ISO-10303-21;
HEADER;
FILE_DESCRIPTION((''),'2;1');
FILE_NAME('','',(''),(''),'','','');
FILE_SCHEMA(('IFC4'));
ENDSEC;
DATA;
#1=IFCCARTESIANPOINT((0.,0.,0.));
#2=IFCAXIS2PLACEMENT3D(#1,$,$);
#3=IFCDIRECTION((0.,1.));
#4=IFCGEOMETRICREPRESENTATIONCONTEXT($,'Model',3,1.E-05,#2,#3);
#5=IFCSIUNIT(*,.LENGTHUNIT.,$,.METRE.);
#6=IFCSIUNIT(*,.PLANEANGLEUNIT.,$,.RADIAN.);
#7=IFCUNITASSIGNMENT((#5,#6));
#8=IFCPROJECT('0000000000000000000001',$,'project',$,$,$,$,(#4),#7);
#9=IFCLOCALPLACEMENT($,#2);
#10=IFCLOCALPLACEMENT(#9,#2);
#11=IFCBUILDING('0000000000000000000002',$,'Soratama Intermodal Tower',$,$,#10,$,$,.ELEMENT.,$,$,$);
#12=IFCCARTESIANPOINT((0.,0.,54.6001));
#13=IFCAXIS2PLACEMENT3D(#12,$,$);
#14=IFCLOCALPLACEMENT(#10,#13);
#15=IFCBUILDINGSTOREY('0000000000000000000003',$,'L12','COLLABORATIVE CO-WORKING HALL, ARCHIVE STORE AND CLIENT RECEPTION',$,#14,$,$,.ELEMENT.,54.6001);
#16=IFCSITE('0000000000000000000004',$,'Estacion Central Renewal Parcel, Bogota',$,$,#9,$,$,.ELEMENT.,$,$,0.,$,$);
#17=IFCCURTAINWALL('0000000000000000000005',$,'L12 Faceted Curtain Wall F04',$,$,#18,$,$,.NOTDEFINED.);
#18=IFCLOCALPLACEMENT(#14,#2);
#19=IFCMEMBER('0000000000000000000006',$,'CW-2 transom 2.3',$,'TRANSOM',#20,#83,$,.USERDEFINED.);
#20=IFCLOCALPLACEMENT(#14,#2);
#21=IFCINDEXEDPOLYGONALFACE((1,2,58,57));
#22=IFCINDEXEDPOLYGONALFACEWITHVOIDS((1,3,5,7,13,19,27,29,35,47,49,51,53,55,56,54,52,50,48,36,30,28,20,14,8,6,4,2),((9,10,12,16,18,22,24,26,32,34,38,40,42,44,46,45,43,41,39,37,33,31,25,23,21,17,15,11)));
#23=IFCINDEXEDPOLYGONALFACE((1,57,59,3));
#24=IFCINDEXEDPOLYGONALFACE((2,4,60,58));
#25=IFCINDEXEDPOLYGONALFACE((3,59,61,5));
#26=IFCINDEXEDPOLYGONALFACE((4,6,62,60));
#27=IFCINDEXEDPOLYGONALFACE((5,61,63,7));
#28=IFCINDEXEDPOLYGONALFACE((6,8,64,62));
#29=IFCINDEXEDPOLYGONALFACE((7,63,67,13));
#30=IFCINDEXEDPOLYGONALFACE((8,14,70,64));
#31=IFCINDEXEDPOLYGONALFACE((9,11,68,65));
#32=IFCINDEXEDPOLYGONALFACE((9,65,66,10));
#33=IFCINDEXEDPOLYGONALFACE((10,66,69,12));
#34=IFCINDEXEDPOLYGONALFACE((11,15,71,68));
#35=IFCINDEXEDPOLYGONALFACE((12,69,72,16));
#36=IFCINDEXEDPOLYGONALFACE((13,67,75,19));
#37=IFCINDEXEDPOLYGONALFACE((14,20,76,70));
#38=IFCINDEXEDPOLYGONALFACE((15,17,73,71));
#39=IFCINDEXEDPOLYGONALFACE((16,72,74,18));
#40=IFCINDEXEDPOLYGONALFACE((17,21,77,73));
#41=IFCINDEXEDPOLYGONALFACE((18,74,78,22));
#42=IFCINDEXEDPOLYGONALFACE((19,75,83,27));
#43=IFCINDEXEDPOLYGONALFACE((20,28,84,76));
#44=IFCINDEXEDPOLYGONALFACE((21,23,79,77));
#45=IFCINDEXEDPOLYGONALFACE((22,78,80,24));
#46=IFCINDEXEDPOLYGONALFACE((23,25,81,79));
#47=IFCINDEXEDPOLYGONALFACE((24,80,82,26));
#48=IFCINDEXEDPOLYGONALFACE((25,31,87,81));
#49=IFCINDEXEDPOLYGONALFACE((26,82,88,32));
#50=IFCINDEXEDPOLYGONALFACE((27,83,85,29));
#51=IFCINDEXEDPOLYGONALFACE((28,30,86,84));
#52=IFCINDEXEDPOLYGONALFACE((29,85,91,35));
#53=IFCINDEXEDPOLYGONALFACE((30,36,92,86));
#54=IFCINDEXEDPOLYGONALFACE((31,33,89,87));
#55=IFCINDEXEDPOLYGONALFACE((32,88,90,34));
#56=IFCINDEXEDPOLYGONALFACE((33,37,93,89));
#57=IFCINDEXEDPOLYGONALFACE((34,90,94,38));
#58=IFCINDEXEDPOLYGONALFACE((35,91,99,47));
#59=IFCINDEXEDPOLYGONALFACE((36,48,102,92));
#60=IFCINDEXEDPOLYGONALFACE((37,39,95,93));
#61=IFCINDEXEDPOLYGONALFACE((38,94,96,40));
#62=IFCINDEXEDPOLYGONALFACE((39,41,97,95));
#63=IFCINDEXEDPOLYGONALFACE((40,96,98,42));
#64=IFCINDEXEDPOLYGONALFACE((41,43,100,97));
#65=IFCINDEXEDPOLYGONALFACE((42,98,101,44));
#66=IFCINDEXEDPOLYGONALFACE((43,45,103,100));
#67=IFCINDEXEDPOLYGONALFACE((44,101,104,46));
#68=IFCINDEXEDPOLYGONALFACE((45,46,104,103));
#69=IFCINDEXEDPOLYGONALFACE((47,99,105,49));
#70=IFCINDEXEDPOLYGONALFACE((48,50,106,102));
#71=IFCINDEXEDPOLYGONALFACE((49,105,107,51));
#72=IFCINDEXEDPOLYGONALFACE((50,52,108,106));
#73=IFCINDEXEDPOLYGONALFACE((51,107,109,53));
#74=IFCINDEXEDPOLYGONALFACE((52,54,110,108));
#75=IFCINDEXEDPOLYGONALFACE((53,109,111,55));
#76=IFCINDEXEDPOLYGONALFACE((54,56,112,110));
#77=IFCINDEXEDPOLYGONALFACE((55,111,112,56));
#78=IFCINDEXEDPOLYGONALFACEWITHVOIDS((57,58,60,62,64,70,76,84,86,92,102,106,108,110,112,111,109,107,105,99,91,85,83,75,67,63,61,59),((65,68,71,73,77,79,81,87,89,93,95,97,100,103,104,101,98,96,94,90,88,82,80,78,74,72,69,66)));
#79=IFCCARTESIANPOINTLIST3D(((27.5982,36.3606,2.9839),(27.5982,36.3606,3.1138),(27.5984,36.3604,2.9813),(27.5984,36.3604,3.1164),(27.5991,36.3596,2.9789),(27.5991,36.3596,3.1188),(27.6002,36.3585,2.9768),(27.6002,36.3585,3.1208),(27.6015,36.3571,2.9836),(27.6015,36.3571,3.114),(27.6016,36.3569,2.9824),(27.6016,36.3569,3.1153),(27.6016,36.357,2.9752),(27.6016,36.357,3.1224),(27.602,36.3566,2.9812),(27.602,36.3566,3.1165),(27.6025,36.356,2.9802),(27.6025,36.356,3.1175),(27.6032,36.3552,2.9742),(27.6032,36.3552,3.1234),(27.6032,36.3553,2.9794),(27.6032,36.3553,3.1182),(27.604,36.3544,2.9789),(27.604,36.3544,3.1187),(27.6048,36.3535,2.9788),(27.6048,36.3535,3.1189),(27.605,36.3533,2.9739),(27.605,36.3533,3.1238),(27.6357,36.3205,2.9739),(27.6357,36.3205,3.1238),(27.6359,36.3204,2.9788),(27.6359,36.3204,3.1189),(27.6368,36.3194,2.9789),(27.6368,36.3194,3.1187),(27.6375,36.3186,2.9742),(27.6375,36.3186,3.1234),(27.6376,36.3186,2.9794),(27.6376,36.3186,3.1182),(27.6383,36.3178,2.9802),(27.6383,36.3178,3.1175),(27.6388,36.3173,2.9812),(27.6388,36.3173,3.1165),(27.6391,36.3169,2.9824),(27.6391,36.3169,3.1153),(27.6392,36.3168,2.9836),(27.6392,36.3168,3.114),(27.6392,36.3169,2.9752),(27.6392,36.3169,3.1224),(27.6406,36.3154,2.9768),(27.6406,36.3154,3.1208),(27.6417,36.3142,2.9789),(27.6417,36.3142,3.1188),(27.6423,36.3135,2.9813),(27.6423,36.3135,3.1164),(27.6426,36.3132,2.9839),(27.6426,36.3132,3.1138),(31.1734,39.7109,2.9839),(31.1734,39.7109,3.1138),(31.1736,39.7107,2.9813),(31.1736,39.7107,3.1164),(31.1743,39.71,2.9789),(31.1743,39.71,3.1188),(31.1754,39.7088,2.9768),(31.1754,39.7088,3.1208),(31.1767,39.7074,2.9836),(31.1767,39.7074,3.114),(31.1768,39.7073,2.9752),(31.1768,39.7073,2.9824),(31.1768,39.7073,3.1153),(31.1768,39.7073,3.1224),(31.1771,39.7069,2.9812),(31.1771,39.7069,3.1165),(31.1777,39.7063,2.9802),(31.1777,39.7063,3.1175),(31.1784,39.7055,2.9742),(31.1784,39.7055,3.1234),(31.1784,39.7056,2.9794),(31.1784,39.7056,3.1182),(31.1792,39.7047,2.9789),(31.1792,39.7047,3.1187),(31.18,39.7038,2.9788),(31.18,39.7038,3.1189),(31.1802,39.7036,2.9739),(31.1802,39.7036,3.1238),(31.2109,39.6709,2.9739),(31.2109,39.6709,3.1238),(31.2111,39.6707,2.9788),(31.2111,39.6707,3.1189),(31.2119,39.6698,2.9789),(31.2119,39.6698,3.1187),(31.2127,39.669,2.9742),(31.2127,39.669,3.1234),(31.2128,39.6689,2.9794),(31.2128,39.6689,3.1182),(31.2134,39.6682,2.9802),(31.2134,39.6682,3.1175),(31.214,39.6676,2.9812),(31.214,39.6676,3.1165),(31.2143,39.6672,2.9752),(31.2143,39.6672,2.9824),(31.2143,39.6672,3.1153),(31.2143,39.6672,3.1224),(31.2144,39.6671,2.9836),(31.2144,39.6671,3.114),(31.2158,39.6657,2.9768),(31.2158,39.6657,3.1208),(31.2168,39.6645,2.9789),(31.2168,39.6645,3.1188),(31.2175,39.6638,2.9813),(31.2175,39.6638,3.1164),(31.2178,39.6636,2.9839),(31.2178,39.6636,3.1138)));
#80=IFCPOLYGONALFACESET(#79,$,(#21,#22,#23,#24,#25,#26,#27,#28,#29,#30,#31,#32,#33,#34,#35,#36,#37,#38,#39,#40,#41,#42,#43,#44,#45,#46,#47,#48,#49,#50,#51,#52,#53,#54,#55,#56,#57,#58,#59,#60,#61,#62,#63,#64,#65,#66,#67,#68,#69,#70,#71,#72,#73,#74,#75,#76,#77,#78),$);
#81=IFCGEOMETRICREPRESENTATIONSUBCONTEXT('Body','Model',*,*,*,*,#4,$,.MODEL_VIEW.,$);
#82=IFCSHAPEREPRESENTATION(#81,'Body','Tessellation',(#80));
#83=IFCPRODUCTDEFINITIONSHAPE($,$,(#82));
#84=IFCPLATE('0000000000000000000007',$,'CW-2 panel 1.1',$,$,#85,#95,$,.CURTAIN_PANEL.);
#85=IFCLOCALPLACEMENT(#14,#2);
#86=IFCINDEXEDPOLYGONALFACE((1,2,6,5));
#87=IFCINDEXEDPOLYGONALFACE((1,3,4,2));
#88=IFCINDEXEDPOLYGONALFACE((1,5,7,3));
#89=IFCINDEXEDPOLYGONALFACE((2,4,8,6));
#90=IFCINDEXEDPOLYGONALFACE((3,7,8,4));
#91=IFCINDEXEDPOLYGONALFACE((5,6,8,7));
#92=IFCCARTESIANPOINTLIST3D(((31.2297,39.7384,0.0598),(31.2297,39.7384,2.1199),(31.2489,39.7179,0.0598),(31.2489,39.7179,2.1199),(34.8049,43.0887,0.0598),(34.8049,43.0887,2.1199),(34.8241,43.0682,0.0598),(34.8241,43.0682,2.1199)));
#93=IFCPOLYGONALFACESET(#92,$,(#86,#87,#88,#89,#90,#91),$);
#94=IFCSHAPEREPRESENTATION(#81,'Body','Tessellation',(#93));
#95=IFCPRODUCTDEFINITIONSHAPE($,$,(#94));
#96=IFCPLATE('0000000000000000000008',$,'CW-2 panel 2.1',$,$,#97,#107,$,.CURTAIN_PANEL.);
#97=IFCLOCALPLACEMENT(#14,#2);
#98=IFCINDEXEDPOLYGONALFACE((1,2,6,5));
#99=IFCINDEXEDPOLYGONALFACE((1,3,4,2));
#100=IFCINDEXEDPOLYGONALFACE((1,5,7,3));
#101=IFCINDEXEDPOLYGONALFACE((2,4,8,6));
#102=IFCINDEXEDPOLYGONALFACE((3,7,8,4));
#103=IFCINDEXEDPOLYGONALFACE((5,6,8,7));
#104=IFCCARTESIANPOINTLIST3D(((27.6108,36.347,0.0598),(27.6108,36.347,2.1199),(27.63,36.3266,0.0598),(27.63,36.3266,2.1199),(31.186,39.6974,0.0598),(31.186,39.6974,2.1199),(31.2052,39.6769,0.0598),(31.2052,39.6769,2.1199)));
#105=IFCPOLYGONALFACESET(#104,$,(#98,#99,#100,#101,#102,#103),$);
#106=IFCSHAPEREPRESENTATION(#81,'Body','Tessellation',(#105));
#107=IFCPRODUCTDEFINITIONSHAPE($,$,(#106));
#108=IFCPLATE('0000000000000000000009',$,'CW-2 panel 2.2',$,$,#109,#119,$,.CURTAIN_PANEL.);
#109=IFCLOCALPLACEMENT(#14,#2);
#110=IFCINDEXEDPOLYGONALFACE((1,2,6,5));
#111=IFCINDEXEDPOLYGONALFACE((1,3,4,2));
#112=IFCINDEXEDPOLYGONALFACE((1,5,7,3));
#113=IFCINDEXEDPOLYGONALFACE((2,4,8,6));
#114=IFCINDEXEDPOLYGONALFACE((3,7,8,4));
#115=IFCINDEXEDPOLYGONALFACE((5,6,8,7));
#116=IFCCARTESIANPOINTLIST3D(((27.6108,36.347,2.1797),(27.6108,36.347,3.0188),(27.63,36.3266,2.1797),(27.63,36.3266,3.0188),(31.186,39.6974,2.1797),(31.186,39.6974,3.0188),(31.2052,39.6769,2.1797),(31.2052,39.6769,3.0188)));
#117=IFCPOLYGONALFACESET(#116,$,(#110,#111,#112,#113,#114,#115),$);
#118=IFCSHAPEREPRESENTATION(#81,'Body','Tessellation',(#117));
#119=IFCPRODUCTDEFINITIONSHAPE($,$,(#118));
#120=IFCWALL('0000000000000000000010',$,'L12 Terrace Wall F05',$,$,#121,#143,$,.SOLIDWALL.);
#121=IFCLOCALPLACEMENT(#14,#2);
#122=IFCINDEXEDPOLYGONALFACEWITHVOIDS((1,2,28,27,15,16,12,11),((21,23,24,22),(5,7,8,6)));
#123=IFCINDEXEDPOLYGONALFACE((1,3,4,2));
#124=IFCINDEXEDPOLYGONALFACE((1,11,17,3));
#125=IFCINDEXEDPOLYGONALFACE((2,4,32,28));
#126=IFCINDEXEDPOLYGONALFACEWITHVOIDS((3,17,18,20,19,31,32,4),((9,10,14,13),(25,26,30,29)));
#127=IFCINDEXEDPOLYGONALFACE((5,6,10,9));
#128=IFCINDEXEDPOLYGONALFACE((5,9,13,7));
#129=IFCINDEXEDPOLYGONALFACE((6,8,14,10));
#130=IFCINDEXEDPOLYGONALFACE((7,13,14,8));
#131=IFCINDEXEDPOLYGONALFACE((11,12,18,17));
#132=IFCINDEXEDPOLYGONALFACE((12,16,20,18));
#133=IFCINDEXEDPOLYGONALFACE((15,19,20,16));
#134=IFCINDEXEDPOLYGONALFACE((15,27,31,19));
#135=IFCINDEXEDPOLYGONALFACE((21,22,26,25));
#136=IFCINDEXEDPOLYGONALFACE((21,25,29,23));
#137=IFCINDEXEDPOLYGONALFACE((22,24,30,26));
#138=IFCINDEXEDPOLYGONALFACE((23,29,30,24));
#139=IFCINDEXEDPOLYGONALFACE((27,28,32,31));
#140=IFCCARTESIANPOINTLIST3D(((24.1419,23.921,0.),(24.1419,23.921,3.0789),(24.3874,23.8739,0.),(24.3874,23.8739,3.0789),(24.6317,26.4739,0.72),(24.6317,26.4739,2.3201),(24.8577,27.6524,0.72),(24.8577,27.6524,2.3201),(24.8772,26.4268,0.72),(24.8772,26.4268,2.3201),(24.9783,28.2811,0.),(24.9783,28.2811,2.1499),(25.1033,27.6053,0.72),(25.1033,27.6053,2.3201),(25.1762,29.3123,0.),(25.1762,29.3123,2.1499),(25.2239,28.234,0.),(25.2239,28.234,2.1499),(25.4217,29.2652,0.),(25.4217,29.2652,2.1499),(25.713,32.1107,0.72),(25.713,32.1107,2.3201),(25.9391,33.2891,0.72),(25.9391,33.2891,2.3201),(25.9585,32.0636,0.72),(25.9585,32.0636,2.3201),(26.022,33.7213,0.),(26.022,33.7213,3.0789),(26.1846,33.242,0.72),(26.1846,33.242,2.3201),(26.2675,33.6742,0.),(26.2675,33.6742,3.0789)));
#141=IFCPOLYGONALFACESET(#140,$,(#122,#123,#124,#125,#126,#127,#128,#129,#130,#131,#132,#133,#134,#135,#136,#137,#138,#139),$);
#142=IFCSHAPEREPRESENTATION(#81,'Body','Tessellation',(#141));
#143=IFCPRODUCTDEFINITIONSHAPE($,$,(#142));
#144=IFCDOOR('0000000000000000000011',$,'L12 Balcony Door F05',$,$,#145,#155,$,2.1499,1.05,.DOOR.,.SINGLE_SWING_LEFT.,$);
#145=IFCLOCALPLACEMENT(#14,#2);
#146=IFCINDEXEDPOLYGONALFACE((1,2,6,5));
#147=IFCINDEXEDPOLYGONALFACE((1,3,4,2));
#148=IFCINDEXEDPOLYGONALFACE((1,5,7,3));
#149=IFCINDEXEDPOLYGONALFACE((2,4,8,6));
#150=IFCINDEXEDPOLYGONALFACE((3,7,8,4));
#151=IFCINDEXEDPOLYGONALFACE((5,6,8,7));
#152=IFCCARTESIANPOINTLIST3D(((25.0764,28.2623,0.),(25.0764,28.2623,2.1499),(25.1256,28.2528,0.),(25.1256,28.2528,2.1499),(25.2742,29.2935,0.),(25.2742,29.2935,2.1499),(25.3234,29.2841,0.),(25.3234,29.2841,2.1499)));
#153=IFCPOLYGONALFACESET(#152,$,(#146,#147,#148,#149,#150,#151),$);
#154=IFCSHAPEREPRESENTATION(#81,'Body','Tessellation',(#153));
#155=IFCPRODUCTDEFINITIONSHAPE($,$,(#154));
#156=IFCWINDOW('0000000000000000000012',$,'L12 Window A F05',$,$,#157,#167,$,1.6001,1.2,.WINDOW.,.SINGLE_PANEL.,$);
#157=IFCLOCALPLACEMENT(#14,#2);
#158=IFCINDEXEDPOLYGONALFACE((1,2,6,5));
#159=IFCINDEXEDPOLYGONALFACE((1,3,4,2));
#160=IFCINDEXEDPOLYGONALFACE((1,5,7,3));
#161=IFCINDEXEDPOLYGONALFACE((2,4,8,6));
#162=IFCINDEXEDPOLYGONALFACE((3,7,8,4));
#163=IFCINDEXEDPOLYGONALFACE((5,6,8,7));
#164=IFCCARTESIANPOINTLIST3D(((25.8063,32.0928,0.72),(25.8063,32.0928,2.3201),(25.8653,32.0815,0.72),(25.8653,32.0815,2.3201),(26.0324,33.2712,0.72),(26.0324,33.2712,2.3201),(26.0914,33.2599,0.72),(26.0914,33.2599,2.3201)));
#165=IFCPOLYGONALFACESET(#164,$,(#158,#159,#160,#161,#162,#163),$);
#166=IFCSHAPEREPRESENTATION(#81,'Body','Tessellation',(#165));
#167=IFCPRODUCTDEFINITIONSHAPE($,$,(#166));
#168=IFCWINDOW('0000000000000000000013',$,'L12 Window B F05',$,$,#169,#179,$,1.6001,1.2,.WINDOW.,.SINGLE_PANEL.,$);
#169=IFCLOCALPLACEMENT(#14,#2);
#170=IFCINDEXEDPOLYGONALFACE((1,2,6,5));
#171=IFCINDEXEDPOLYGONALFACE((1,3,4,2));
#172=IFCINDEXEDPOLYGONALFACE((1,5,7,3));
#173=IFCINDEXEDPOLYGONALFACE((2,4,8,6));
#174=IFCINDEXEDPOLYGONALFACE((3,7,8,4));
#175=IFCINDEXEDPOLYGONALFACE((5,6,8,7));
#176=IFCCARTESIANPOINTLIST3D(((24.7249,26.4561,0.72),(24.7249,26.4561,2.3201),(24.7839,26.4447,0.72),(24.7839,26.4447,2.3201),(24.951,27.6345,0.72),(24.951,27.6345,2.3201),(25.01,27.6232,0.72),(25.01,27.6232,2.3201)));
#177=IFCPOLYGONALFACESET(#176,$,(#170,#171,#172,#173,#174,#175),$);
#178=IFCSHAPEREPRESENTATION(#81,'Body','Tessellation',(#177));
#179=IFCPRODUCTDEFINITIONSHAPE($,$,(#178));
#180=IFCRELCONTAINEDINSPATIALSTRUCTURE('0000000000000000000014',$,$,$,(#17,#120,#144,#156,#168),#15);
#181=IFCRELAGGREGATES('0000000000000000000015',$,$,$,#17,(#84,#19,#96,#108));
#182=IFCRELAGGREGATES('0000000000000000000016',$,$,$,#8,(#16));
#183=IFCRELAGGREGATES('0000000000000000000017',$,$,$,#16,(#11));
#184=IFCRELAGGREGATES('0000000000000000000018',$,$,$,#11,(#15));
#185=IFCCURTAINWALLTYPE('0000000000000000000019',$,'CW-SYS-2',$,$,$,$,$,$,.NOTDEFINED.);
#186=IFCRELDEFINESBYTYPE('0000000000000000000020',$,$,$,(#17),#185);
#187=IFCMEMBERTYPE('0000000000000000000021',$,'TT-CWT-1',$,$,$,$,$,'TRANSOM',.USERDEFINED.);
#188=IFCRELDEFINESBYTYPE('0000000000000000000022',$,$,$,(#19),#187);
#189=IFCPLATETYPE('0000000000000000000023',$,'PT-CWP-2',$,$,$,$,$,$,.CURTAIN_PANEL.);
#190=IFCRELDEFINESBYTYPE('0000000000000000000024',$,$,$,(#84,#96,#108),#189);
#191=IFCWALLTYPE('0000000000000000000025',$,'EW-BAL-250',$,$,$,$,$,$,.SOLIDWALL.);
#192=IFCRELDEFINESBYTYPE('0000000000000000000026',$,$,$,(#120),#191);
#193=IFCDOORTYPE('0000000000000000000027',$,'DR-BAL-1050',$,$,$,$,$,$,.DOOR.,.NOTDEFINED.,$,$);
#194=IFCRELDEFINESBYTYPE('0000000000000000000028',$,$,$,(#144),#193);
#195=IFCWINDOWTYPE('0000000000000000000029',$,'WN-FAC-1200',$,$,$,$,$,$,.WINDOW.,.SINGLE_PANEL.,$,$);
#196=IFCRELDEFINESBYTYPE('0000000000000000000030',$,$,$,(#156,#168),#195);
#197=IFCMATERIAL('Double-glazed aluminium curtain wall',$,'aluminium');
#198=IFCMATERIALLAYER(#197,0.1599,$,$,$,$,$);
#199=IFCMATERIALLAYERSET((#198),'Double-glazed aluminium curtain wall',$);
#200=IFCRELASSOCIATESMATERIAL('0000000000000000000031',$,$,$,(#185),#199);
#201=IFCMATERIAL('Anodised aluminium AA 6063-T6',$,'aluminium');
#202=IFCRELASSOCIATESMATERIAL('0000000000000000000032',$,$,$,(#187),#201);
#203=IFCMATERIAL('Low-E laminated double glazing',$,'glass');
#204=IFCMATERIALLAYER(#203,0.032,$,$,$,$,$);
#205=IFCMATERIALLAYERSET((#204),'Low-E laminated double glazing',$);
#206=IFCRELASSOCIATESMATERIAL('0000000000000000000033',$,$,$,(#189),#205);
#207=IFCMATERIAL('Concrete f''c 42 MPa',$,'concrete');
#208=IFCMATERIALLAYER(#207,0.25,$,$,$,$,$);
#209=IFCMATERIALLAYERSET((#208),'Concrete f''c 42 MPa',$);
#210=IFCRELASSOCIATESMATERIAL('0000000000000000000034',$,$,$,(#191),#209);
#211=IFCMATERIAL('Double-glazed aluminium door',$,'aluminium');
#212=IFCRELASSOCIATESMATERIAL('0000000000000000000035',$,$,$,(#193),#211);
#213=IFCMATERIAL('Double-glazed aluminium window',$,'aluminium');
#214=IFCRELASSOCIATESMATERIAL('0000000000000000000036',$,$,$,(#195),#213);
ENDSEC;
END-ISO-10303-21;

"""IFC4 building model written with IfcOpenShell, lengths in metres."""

from ifc_helpers import new_model, si_unit, direction, frame, frame_2d, origin, origin_2d, place, context, subcontext, project, spatial, rectangle, hollow_rectangle, extrude, material, layer, layer_set, material_profile, profile_set, type_object, element, fill, aggregate, save


model = new_model("IFC4")

# Units and contexts
model_context = context("Model", 3, precision=1e-05, world=origin(), true_north=direction((0.0, 1.0)))
body_context = subcontext(model_context, "Body", "Model", "MODEL_VIEW")
ifc_project = project(units=[si_unit("LENGTHUNIT", "METRE"), si_unit("PLANEANGLEUNIT", "RADIAN")], contexts=[model_context])

# Site, building, storey
site_placement = place(None, origin())
site = spatial("IfcSite", under=ifc_project, at=site_placement, Name="Estacion Central Renewal Parcel, Bogota", CompositionType="ELEMENT", RefElevation=0.0)
building_placement = place(site_placement, origin())
building = spatial("IfcBuilding", under=site, at=building_placement, Name="Soratama Intermodal Tower", CompositionType="ELEMENT")
storey_placement = place(building_placement, frame((0.0, 0.0, 54.6001)))
storey = spatial("IfcBuildingStorey", under=building, at=storey_placement, Name="L12", Description="COLLABORATIVE CO-WORKING HALL, ARCHIVE STORE AND CLIENT RECEPTION", CompositionType="ELEMENT", Elevation=54.6001)

# Curtain wall, member, plates
ifc_material_1 = material(Name="Double-glazed aluminium curtain wall", Category="aluminium")
ifc_layer_1 = layer(ifc_material_1, 0.1599)
ifc_layer_set_1 = layer_set([ifc_layer_1], Name="Double-glazed aluminium curtain wall")
curtain_wall_type = type_object("IfcCurtainWallType", Name="CW-SYS-2", PredefinedType="NOTDEFINED", material=ifc_layer_set_1)
curtain_wall_placement = place(storey_placement, origin())
curtain_wall = element("IfcCurtainWall", 1, at=curtain_wall_placement, inside=storey, type_object=curtain_wall_type, Name="L12 Faceted Curtain Wall F04", PredefinedType="NOTDEFINED")
ifc_material_2 = material(Name="Anodised aluminium AA 6063-T6", Category="aluminium")
ifc_material_profile_1 = material_profile(ifc_material_2, hollow_rectangle(XDim=0.0649, YDim=0.1499, WallThickness=0.0049, InnerFilletRadius=0.0049, OuterFilletRadius=0.01, at=origin_2d()), Name="CWT150X65X5")
ifc_profile_set_1 = profile_set([ifc_material_profile_1], Name="Anodised aluminium AA 6063-T6")
member_type_1 = type_object("IfcMemberType", Name="TT-CWT-1", ElementType="TRANSOM", PredefinedType="USERDEFINED", material=ifc_profile_set_1)
member_1_placement = place(storey_placement, frame((31.1956, 39.6873, 3.0488), z_axis=(-0.72968, -0.683789, 0.0), x_axis=(0.683789, -0.72968, 0.0)))
member_1 = element("IfcMember", 2, at=member_1_placement, type_object=member_type_1, Name="CW-2 transom 2.3", ObjectType="TRANSOM", PredefinedType="USERDEFINED", context=body_context, shape_type="SweptSolid", body=[
    extrude(hollow_rectangle(XDim=0.0649, YDim=0.1499, WallThickness=0.0049, InnerFilletRadius=0.0049, OuterFilletRadius=0.01, at=origin_2d()), origin(), (0.0, 0.0, 1.0), 4.8997),
])
ifc_material_3 = material(Name="Low-E laminated double glazing", Category="glass")
ifc_layer_2 = layer(ifc_material_3, 0.032)
ifc_layer_set_2 = layer_set([ifc_layer_2], Name="Low-E laminated double glazing")
plate_type = type_object("IfcPlateType", Name="PT-CWP-2", PredefinedType="CURTAIN_PANEL", material=ifc_layer_set_2)
plate_1_placement = place(storey_placement, frame((33.0269, 41.4033, 0.0598), z_axis=(0.0, 0.0, 1.0), x_axis=(-0.729682, -0.683786, 0.0)))
plate_1 = element("IfcPlate", 3, at=plate_1_placement, type_object=plate_type, Name="CW-2 panel 1.1", PredefinedType="CURTAIN_PANEL", context=body_context, shape_type="SweptSolid", body=[
    extrude(rectangle(XDim=4.8997, YDim=0.0281, at=origin_2d()), origin(), (0.0, 0.0, 1.0), 2.0601),
])
plate_2_placement = place(storey_placement, frame((29.408, 38.012, 0.0598), z_axis=(0.0, 0.0, 1.0), x_axis=(-0.729682, -0.683786, 0.0)))
plate_2 = element("IfcPlate", 4, at=plate_2_placement, type_object=plate_type, Name="CW-2 panel 2.1", PredefinedType="CURTAIN_PANEL", context=body_context, shape_type="SweptSolid", body=[
    extrude(rectangle(XDim=4.8997, YDim=0.0281, at=origin_2d()), origin(), (0.0, 0.0, 1.0), 2.0601),
])
plate_3_placement = place(storey_placement, frame((29.408, 38.012, 2.1797), z_axis=(0.0, 0.0, 1.0), x_axis=(-0.729682, -0.683786, 0.0)))
plate_3 = element("IfcPlate", 5, at=plate_3_placement, type_object=plate_type, Name="CW-2 panel 2.2", PredefinedType="CURTAIN_PANEL", context=body_context, shape_type="SweptSolid", body=[
    extrude(rectangle(XDim=4.8997, YDim=0.0281, at=origin_2d()), origin(), (0.0, 0.0, 1.0), 0.8391),
])
aggregate(curtain_wall, [plate_1, member_1, plate_2, plate_3])

# Wall, openings, door, windows
ifc_material_4 = material(Name="Concrete f'c 42 MPa", Category="concrete")
ifc_layer_3 = layer(ifc_material_4, 0.25)
ifc_layer_set_3 = layer_set([ifc_layer_3], Name="Concrete f'c 42 MPa")
wall_type_1 = type_object("IfcWallType", Name="EW-BAL-250", PredefinedType="SOLIDWALL", material=ifc_layer_set_3)
wall_1_placement = place(storey_placement, frame((26.1448, 33.6978, 0.0), z_axis=(0.0, 0.0, 1.0), x_axis=(-0.188408, -0.982091, 0.0)))
wall_1 = element("IfcWall", 6, at=wall_1_placement, inside=storey, type_object=wall_type_1, Name="L12 Terrace Wall F05", PredefinedType="SOLIDWALL", context=body_context, shape_type="SweptSolid", body=[
    extrude(rectangle(XDim=9.979, YDim=0.25, at=frame_2d((4.9895, 0.0))), origin(), (0.0, 0.0, 1.0), 3.0789),
])
opening_1_placement = place(wall_1_placement, frame((4.4895, 0.0, 0.0)))
opening_1 = element("IfcOpeningElement", 7, at=opening_1_placement, cuts=wall_1, PredefinedType="OPENING", context=body_context, shape_type="SweptSolid", body=[
    extrude(rectangle(XDim=1.05, YDim=2.1499, at=frame_2d((0.5249, 1.075))), frame((0.0, 0.135, 0.0), z_axis=(0.0, -1.0, 0.0), x_axis=(1.0, 0.0, 0.0)), (0.0, 0.0, 1.0), 0.27),
])
opening_2_placement = place(wall_1_placement, frame((0.4399, 0.0, 0.72)))
opening_2 = element("IfcOpeningElement", 8, at=opening_2_placement, cuts=wall_1, PredefinedType="OPENING", context=body_context, shape_type="SweptSolid", body=[
    extrude(rectangle(XDim=1.2, YDim=1.6001, at=frame_2d((0.6001, 0.8))), frame((0.0, 0.135, 0.0), z_axis=(0.0, -1.0, 0.0), x_axis=(1.0, 0.0, 0.0)), (0.0, 0.0, 1.0), 0.27),
])
opening_3_placement = place(wall_1_placement, frame((6.1794, 0.0, 0.72)))
opening_3 = element("IfcOpeningElement", 9, at=opening_3_placement, cuts=wall_1, PredefinedType="OPENING", context=body_context, shape_type="SweptSolid", body=[
    extrude(rectangle(XDim=1.2, YDim=1.6001, at=frame_2d((0.6001, 0.8))), frame((0.0, 0.135, 0.0), z_axis=(0.0, -1.0, 0.0), x_axis=(1.0, 0.0, 0.0)), (0.0, 0.0, 1.0), 0.27),
])
ifc_material_5 = material(Name="Double-glazed aluminium door", Category="aluminium")
door_type_1 = type_object("IfcDoorType", Name="DR-BAL-1050", OperationType="NOTDEFINED", PredefinedType="DOOR", material=ifc_material_5)
door_1_placement = place(opening_1_placement, origin())
door_1 = element("IfcDoor", 10, at=door_1_placement, inside=storey, type_object=door_type_1, Name="L12 Balcony Door F05", OperationType="SINGLE_SWING_LEFT", OverallHeight=2.1499, OverallWidth=1.05, PredefinedType="DOOR", context=body_context, shape_type="SweptSolid", body=[
    extrude(rectangle(XDim=1.05, YDim=2.1499, at=frame_2d((0.5249, 1.075))), frame((0.0, 0.0249, 0.0), z_axis=(0.0, -1.0, 0.0), x_axis=(1.0, 0.0, 0.0)), (0.0, 0.0, 1.0), 0.05),
])
fill(opening_1, door_1)
ifc_material_6 = material(Name="Double-glazed aluminium window", Category="aluminium")
window_type_1 = type_object("IfcWindowType", Name="WN-FAC-1200", PartitioningType="SINGLE_PANEL", PredefinedType="WINDOW", material=ifc_material_6)
window_1_placement = place(opening_2_placement, origin())
window_1 = element("IfcWindow", 11, at=window_1_placement, inside=storey, type_object=window_type_1, Name="L12 Window A F05", OverallHeight=1.6001, OverallWidth=1.2, PartitioningType="SINGLE_PANEL", PredefinedType="WINDOW", context=body_context, shape_type="SweptSolid", body=[
    extrude(rectangle(XDim=1.2, YDim=1.6001, at=frame_2d((0.6001, 0.8))), frame((0.0, 0.03, 0.0), z_axis=(0.0, -1.0, 0.0), x_axis=(1.0, 0.0, 0.0)), (0.0, 0.0, 1.0), 0.0601),
])
fill(opening_2, window_1)
window_2_placement = place(opening_3_placement, origin())
window_2 = element("IfcWindow", 12, at=window_2_placement, inside=storey, type_object=window_type_1, Name="L12 Window B F05", OverallHeight=1.6001, OverallWidth=1.2, PartitioningType="SINGLE_PANEL", PredefinedType="WINDOW", context=body_context, shape_type="SweptSolid", body=[
    extrude(rectangle(XDim=1.2, YDim=1.6001, at=frame_2d((0.6001, 0.8))), frame((0.0, 0.03, 0.0), z_axis=(0.0, -1.0, 0.0), x_axis=(1.0, 0.0, 0.0)), (0.0, 0.0, 1.0), 0.0601),
])
fill(opening_3, window_2)

save(model, "model.ifc")
